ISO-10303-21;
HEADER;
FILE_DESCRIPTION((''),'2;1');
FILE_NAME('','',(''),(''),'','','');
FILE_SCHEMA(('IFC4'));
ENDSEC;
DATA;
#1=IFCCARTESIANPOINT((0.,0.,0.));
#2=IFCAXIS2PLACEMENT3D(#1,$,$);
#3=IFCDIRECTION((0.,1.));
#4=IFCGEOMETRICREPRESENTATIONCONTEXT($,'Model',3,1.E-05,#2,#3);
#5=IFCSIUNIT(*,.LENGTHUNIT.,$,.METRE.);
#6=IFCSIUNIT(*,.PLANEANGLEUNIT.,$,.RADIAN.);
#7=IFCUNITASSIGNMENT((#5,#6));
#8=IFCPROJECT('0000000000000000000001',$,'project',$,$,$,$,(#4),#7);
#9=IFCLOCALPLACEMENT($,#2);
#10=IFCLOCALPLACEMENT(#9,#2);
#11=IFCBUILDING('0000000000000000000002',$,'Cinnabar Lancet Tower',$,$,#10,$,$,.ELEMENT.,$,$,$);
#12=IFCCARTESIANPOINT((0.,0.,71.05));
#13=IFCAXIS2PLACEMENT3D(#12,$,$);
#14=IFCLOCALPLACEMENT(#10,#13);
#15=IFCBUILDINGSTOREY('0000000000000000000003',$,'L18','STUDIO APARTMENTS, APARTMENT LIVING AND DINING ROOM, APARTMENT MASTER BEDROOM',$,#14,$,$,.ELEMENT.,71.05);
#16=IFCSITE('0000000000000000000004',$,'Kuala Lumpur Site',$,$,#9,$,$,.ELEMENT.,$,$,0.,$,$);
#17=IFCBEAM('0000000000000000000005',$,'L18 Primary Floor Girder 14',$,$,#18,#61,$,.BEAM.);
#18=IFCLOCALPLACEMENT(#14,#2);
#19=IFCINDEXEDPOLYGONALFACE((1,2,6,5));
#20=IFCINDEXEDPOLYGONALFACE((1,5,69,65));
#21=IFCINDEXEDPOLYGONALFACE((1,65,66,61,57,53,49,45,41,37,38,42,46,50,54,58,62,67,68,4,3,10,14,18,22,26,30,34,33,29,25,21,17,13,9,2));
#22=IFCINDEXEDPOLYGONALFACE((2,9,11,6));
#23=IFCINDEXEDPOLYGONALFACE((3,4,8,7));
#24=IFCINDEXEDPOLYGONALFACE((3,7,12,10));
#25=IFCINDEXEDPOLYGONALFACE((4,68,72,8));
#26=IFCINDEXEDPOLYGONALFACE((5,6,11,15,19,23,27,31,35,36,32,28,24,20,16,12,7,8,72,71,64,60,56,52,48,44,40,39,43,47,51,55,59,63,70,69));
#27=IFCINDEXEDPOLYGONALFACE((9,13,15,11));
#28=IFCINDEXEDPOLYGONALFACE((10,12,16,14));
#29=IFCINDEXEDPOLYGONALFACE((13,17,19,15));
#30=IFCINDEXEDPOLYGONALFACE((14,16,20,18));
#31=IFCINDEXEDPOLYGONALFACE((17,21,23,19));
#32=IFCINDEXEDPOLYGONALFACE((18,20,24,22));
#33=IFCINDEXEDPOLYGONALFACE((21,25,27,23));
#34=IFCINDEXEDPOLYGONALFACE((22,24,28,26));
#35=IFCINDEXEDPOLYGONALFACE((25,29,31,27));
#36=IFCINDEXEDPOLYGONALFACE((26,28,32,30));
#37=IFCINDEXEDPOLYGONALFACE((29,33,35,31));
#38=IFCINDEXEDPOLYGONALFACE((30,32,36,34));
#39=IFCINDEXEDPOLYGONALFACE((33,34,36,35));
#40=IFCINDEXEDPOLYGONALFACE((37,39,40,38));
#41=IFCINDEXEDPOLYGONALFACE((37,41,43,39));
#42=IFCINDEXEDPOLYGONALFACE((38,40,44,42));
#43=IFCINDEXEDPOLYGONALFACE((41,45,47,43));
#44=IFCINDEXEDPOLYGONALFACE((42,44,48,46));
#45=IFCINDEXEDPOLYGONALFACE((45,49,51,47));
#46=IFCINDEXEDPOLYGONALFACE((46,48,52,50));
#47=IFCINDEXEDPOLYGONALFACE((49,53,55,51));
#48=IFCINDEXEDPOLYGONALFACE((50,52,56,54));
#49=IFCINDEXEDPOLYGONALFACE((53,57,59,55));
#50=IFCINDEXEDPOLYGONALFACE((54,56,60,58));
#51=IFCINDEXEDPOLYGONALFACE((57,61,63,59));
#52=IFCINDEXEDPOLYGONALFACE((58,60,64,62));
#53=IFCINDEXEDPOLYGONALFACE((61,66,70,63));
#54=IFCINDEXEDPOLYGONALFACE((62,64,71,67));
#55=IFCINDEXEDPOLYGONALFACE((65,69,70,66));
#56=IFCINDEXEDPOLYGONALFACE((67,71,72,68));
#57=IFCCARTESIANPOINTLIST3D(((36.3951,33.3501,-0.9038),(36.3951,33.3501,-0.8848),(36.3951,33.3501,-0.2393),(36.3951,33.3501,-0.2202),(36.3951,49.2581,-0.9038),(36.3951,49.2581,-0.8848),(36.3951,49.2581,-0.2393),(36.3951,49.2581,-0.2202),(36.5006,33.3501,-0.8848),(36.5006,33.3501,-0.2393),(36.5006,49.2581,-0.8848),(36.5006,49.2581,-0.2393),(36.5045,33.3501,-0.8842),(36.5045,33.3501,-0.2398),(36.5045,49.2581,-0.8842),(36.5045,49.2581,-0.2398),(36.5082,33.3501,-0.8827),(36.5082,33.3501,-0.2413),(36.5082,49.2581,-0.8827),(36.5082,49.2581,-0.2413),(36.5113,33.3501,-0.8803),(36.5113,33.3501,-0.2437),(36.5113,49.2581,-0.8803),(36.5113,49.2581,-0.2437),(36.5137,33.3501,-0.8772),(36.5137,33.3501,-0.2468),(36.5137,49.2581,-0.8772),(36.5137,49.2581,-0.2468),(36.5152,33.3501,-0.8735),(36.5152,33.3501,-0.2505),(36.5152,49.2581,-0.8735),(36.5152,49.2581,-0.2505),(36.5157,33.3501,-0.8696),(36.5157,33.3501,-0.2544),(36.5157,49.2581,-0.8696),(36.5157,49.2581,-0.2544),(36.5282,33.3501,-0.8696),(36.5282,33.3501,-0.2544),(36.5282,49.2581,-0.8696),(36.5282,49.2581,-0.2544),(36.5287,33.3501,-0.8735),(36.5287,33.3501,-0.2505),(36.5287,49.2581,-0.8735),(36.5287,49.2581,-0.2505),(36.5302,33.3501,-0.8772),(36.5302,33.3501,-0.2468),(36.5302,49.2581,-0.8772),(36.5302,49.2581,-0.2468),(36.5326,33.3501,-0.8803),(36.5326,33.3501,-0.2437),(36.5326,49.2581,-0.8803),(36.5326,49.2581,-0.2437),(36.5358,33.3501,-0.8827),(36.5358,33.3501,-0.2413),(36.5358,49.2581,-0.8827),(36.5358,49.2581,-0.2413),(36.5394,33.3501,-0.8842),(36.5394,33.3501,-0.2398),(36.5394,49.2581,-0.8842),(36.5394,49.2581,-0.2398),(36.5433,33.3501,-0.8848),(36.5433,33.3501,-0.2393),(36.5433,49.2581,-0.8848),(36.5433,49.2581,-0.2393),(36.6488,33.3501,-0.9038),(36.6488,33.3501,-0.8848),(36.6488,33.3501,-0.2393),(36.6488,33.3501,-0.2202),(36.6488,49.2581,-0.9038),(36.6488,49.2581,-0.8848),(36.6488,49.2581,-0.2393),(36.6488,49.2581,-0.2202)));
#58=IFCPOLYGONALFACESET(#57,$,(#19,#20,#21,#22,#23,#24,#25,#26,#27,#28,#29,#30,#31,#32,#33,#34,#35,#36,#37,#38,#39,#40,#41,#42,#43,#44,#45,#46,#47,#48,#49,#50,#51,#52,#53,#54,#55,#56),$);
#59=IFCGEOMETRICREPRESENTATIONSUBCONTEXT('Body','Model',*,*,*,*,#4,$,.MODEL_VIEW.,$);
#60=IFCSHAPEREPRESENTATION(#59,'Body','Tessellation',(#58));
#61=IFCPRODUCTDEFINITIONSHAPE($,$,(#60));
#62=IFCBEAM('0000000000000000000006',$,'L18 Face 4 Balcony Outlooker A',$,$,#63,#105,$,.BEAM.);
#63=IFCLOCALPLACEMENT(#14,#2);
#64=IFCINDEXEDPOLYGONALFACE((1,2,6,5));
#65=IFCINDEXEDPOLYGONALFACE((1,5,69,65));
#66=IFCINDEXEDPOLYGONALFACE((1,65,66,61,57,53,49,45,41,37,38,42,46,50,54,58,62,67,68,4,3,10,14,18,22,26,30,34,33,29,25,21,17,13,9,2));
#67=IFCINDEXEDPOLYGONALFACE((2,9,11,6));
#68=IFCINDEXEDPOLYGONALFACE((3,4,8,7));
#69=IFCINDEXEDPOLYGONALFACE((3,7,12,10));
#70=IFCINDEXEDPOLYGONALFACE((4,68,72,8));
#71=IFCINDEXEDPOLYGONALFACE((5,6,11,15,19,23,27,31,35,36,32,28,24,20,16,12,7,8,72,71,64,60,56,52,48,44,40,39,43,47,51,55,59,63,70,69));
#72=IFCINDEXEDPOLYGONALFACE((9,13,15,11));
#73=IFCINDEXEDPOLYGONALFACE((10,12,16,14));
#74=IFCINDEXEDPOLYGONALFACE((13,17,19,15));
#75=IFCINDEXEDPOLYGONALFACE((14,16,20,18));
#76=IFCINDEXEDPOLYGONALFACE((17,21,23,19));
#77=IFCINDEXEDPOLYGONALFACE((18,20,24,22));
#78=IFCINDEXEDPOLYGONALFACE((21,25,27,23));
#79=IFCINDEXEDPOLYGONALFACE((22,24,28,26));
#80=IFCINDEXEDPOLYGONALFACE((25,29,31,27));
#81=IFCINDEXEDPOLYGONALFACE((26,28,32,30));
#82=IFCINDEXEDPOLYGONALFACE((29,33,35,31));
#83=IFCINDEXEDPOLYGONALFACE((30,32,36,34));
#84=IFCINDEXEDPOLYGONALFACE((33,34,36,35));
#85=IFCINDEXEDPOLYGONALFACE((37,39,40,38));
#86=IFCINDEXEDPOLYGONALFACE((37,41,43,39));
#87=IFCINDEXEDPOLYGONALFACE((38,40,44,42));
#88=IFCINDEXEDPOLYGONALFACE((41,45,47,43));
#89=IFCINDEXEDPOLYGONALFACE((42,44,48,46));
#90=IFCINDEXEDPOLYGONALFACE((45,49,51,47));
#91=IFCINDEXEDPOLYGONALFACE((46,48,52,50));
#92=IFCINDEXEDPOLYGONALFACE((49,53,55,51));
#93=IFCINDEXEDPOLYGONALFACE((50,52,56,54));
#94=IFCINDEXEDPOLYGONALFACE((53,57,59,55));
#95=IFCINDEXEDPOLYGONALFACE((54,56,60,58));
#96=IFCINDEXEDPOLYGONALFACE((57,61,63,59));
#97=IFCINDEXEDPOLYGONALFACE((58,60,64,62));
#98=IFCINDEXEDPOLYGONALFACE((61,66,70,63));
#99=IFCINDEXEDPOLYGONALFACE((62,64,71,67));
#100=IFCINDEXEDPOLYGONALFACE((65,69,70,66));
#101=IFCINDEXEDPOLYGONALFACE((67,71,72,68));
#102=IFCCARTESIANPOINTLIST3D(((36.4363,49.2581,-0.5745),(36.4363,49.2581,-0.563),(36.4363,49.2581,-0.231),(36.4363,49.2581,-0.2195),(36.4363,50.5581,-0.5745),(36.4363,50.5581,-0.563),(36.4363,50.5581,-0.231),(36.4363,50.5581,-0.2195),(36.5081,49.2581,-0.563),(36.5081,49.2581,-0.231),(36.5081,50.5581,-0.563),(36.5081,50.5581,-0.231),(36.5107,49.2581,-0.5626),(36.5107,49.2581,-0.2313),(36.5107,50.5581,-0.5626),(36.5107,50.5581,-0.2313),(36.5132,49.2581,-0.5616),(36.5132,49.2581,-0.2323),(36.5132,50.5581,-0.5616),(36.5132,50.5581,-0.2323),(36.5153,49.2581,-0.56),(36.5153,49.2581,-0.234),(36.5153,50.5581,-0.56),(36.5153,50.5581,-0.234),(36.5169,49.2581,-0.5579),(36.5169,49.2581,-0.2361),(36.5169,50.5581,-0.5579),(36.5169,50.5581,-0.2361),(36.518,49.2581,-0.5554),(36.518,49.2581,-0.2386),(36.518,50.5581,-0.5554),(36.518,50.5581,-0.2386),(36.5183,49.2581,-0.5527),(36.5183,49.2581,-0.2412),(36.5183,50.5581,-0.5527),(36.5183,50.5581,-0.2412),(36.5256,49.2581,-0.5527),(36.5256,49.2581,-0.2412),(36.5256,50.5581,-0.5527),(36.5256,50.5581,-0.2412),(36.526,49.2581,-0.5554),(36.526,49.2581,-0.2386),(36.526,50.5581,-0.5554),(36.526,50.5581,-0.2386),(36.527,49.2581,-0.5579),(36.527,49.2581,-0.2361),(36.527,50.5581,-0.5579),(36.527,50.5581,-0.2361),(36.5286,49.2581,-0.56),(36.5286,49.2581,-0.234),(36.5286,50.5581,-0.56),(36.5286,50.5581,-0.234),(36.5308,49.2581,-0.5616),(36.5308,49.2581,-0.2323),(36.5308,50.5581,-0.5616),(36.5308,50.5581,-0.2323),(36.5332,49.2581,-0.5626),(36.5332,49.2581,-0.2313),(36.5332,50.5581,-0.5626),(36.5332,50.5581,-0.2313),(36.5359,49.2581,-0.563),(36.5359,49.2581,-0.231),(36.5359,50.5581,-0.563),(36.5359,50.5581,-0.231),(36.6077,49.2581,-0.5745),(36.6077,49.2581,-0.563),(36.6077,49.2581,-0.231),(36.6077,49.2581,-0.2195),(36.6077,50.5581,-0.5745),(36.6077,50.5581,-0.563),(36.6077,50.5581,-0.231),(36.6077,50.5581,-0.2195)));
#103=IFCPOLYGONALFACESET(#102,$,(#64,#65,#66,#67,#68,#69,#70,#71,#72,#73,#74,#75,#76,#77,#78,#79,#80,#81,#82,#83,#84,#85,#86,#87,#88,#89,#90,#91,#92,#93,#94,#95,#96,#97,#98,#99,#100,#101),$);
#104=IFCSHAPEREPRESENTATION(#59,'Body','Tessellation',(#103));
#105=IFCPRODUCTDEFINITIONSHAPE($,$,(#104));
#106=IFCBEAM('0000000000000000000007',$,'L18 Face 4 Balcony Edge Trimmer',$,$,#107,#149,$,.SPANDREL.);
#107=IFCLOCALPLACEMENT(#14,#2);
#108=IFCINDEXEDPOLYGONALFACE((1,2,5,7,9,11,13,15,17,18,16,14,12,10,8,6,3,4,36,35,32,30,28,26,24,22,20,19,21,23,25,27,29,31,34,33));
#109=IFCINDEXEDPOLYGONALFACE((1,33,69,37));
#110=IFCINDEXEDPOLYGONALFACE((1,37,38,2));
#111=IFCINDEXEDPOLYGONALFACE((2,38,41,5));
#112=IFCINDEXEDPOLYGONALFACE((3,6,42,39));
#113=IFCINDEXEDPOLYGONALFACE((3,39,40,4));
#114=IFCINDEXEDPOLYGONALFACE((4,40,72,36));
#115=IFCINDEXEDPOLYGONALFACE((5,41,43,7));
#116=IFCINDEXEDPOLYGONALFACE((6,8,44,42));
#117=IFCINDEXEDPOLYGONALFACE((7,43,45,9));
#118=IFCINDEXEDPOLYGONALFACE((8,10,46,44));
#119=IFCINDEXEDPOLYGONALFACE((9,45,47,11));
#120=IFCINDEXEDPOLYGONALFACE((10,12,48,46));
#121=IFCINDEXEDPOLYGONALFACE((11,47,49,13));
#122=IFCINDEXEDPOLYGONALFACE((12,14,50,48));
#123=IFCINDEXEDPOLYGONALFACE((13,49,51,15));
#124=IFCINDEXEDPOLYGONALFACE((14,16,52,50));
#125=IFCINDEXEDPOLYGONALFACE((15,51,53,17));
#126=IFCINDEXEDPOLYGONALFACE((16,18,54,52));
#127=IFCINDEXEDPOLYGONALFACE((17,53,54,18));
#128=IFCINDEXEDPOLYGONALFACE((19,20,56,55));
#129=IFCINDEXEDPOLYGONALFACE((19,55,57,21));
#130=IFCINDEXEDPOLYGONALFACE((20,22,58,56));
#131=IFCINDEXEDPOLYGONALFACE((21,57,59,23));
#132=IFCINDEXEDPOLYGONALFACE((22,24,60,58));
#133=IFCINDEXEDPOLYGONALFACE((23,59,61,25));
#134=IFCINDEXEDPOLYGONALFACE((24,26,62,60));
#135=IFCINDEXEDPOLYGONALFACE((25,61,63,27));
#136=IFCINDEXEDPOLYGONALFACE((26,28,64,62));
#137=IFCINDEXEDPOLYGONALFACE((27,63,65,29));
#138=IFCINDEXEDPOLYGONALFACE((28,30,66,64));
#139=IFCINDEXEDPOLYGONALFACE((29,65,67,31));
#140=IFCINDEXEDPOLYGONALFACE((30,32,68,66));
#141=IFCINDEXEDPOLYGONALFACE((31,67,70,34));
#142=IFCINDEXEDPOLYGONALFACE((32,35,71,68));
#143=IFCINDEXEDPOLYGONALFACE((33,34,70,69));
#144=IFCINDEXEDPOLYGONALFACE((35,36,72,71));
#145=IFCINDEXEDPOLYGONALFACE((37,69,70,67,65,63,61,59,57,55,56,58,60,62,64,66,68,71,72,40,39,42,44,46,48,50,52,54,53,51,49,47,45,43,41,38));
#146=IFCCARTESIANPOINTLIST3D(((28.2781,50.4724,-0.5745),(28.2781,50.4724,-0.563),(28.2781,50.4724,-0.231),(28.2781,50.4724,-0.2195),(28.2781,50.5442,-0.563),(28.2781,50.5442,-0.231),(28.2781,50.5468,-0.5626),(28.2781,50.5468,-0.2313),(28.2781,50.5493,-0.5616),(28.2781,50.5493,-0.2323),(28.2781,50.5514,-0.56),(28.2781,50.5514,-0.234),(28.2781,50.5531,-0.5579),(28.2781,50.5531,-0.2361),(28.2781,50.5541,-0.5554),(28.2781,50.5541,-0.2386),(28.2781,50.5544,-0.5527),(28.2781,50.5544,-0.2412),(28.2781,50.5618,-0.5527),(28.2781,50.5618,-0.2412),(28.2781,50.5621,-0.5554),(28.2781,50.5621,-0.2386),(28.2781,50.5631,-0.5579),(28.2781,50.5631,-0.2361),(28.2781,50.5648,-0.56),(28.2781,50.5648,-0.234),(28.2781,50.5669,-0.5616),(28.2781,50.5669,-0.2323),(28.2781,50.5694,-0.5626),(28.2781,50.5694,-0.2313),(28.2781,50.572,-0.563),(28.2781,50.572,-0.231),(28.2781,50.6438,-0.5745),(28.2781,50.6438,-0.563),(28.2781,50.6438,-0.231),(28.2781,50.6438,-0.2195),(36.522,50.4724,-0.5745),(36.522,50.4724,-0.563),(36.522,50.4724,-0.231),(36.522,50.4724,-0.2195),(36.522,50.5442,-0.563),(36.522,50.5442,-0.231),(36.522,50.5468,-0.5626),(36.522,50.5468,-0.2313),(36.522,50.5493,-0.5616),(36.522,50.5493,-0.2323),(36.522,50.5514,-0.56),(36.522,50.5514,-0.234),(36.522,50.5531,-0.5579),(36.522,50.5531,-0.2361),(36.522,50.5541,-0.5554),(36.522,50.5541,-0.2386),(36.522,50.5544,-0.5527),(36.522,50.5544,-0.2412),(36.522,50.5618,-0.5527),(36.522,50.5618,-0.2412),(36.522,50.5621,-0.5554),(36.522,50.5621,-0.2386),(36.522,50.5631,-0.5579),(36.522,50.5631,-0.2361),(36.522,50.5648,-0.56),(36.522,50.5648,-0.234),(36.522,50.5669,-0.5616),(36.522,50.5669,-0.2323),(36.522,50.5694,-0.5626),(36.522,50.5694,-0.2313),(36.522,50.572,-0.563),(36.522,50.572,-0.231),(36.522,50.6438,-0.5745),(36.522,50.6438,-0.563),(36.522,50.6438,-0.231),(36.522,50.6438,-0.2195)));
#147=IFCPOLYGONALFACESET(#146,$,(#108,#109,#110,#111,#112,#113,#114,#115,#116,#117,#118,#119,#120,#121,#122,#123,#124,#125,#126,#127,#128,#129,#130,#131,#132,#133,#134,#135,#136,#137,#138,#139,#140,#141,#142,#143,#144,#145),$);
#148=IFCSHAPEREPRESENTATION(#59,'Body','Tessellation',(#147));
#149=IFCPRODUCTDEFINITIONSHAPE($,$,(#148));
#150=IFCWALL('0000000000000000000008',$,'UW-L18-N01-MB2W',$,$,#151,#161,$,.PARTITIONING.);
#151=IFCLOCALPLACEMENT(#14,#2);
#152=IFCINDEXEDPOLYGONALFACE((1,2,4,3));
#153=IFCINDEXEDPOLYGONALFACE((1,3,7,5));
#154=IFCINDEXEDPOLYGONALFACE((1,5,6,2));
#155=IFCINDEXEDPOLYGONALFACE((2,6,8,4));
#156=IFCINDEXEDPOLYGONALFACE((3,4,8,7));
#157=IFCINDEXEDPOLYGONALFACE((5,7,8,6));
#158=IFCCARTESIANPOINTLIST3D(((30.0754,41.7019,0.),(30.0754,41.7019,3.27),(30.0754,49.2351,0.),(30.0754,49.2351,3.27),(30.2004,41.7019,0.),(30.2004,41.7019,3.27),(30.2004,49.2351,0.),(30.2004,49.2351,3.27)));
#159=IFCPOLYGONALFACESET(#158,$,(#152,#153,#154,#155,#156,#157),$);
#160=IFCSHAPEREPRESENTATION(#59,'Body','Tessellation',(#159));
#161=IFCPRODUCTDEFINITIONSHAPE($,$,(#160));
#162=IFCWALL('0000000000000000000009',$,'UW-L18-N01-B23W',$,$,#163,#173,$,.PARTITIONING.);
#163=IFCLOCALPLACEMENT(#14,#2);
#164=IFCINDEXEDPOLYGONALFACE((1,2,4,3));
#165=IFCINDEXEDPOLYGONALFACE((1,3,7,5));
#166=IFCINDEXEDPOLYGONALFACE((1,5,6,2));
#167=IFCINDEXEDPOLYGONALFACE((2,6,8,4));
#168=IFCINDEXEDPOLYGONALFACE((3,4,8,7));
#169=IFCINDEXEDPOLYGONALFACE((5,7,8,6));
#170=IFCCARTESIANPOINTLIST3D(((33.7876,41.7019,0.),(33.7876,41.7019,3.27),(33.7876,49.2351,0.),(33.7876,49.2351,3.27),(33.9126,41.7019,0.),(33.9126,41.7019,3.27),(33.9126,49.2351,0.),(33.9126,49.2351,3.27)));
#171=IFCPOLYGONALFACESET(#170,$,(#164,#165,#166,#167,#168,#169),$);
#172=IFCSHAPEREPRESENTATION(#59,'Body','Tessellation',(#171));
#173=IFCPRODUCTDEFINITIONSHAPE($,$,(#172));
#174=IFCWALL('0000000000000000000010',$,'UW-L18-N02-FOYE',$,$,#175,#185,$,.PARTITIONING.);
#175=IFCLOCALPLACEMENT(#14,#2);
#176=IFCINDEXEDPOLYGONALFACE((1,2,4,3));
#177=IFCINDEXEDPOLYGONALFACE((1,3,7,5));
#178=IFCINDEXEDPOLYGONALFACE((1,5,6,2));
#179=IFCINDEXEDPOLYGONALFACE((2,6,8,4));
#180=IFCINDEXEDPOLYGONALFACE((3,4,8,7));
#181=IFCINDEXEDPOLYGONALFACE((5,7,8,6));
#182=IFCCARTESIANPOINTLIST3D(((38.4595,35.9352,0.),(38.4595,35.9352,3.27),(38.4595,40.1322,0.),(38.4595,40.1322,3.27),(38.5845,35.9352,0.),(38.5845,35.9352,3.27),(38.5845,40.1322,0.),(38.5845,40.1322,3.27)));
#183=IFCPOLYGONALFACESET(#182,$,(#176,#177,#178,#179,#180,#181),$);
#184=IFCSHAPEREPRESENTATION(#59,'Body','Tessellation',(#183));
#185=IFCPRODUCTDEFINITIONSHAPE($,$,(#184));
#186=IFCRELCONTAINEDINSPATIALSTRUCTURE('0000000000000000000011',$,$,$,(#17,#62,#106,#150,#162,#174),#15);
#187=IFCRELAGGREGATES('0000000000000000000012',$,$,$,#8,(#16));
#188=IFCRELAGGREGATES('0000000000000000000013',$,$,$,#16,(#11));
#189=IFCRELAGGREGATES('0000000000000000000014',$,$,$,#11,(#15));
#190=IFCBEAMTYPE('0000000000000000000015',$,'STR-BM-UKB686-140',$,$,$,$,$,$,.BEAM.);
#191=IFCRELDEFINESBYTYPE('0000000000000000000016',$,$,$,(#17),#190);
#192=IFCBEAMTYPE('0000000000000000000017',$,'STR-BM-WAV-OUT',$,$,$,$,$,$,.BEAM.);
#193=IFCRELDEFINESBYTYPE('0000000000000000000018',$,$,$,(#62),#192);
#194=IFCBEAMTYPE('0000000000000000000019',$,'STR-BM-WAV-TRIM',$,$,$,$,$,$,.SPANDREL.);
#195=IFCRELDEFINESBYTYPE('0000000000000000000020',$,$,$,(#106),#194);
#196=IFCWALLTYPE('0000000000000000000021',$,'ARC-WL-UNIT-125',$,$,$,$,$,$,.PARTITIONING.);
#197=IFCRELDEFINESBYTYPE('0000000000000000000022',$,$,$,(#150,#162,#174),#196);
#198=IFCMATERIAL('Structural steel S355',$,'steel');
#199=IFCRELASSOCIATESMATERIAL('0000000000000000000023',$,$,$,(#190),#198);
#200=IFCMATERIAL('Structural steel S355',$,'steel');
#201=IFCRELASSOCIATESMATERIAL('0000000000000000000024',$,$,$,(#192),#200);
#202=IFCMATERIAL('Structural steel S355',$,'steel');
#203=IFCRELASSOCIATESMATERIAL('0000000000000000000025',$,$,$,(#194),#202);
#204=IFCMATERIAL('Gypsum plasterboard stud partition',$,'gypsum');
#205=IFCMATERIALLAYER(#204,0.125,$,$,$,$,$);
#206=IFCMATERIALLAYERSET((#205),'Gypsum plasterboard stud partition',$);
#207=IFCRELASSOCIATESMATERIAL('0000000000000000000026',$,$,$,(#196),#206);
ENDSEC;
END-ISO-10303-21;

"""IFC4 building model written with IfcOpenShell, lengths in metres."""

from ifc_helpers import new_model, si_unit, direction, frame, frame_2d, origin, origin_2d, place, context, subcontext, project, spatial, rectangle, i_section, extrude, material, layer, layer_set, material_profile, profile_set, type_object, element, save


model = new_model("IFC4")

# Units and contexts
model_context = context("Model", 3, precision=1e-05, world=origin(), true_north=direction((0.0, 1.0)))
body_context = subcontext(model_context, "Body", "Model", "MODEL_VIEW")
ifc_project = project(units=[si_unit("LENGTHUNIT", "METRE"), si_unit("PLANEANGLEUNIT", "RADIAN")], contexts=[model_context])

# Site, building, storey
site_placement = place(None, origin())
site = spatial("IfcSite", under=ifc_project, at=site_placement, Name="Kuala Lumpur Site", CompositionType="ELEMENT", RefElevation=0.0)
building_placement = place(site_placement, origin())
building = spatial("IfcBuilding", under=site, at=building_placement, Name="Cinnabar Lancet Tower", CompositionType="ELEMENT")
storey_placement = place(building_placement, frame((0.0, 0.0, 71.05)))
storey = spatial("IfcBuildingStorey", under=building, at=storey_placement, Name="L18", Description="STUDIO APARTMENTS, APARTMENT LIVING AND DINING ROOM, APARTMENT MASTER BEDROOM", CompositionType="ELEMENT", Elevation=71.05)

# Beams
ifc_material_1 = material(Name="Structural steel S355", Category="steel")
ifc_material_profile_1 = material_profile(ifc_material_1, i_section(OverallWidth=0.2537, OverallDepth=0.6836, WebThickness=0.0125, FlangeThickness=0.019, FilletRadius=0.0151, at=origin_2d()), Name="UKB 686x254x140")
ifc_profile_set_1 = profile_set([ifc_material_profile_1], Name="Structural steel S355")
beam_type_1 = type_object("IfcBeamType", Name="STR-BM-UKB686-140", PredefinedType="BEAM", material=ifc_profile_set_1)
beam_1_placement = place(storey_placement, frame((36.522, 49.2581, -0.562), z_axis=(0.0, -1.0, 0.0), x_axis=(1.0, 0.0, 0.0)))
element("IfcBeam", 1, at=beam_1_placement, inside=storey, type_object=beam_type_1, Name="L18 Primary Floor Girder 14", PredefinedType="BEAM", context=body_context, shape_type="SweptSolid", body=[
    extrude(i_section(OverallWidth=0.2537, OverallDepth=0.6836, WebThickness=0.0125, FlangeThickness=0.019, FilletRadius=0.0151, at=origin_2d()), origin(), (0.0, 0.0, 1.0), 15.908),
])
ifc_material_2 = material(Name="Structural steel S355", Category="steel")
ifc_material_profile_2 = material_profile(ifc_material_2, i_section(OverallWidth=0.1714, OverallDepth=0.355, WebThickness=0.0073, FlangeThickness=0.0115, FilletRadius=0.0103, at=origin_2d()), Name="UKB 356x171x51")
ifc_profile_set_2 = profile_set([ifc_material_profile_2], Name="Structural steel S355")
beam_type_2 = type_object("IfcBeamType", Name="STR-BM-WAV-OUT", PredefinedType="BEAM", material=ifc_profile_set_2)
beam_2_placement = place(storey_placement, frame((36.522, 49.2581, -0.397), z_axis=(0.0, 1.0, 0.0), x_axis=(-1.0, 0.0, 0.0)))
element("IfcBeam", 2, at=beam_2_placement, inside=storey, type_object=beam_type_2, Name="L18 Face 4 Balcony Outlooker A", PredefinedType="BEAM", context=body_context, shape_type="SweptSolid", body=[
    extrude(i_section(OverallWidth=0.1714, OverallDepth=0.355, WebThickness=0.0073, FlangeThickness=0.0115, FilletRadius=0.0103, at=origin_2d()), origin(), (0.0, 0.0, 1.0), 1.3),
])
ifc_material_3 = material(Name="Structural steel S355", Category="steel")
ifc_material_profile_3 = material_profile(ifc_material_3, i_section(OverallWidth=0.1714, OverallDepth=0.355, WebThickness=0.0073, FlangeThickness=0.0115, FilletRadius=0.0103, at=origin_2d()), Name="UKB 356x171x51")
ifc_profile_set_3 = profile_set([ifc_material_profile_3], Name="Structural steel S355")
beam_type_3 = type_object("IfcBeamType", Name="STR-BM-WAV-TRIM", PredefinedType="SPANDREL", material=ifc_profile_set_3)
beam_3_placement = place(storey_placement, frame((36.522, 50.5581, -0.397), z_axis=(-1.0, 0.0, 0.0), x_axis=(0.0, -1.0, 0.0)))
element("IfcBeam", 3, at=beam_3_placement, inside=storey, type_object=beam_type_3, Name="L18 Face 4 Balcony Edge Trimmer", PredefinedType="SPANDREL", context=body_context, shape_type="SweptSolid", body=[
    extrude(i_section(OverallWidth=0.1714, OverallDepth=0.355, WebThickness=0.0073, FlangeThickness=0.0115, FilletRadius=0.0103, at=origin_2d()), origin(), (0.0, 0.0, 1.0), 8.2439),
])

# Shared definitions
ifc_material_4 = material(Name="Gypsum plasterboard stud partition", Category="gypsum")
ifc_layer_1 = layer(ifc_material_4, 0.125)
ifc_layer_set_1 = layer_set([ifc_layer_1], Name="Gypsum plasterboard stud partition")
wall_type_1 = type_object("IfcWallType", Name="ARC-WL-UNIT-125", PredefinedType="PARTITIONING", material=ifc_layer_set_1)

# Walls
for number, where, z_axis, x_axis, name in (
    (4, (30.1379, 41.7019, 0.0), (0.0, 0.0, 1.0), (0.0, 1.0, 0.0), "UW-L18-N01-MB2W"),
    (5, (33.8501, 41.7019, 0.0), (0.0, 0.0, 1.0), (0.0, 1.0, 0.0), "UW-L18-N01-B23W"),
):
    element("IfcWall", number, at=place(storey_placement, frame(where, z_axis=z_axis, x_axis=x_axis)), inside=storey, type_object=wall_type_1, Name=name, PredefinedType="PARTITIONING", context=body_context, shape_type="SweptSolid", body=[
        extrude(rectangle(XDim=7.5332, YDim=0.125, at=frame_2d((3.7666, 0.0))), origin(), (0.0, 0.0, 1.0), 3.27),
    ])
wall_1_placement = place(storey_placement, frame((38.522, 35.9351, 0.0), z_axis=(0.0, 0.0, 1.0), x_axis=(0.0, 1.0, 0.0)))
element("IfcWall", 6, at=wall_1_placement, inside=storey, type_object=wall_type_1, Name="UW-L18-N02-FOYE", PredefinedType="PARTITIONING", context=body_context, shape_type="SweptSolid", body=[
    extrude(rectangle(XDim=4.197, YDim=0.125, at=frame_2d((2.0986, 0.0))), origin(), (0.0, 0.0, 1.0), 3.27),
])

save(model, "model.ifc")
